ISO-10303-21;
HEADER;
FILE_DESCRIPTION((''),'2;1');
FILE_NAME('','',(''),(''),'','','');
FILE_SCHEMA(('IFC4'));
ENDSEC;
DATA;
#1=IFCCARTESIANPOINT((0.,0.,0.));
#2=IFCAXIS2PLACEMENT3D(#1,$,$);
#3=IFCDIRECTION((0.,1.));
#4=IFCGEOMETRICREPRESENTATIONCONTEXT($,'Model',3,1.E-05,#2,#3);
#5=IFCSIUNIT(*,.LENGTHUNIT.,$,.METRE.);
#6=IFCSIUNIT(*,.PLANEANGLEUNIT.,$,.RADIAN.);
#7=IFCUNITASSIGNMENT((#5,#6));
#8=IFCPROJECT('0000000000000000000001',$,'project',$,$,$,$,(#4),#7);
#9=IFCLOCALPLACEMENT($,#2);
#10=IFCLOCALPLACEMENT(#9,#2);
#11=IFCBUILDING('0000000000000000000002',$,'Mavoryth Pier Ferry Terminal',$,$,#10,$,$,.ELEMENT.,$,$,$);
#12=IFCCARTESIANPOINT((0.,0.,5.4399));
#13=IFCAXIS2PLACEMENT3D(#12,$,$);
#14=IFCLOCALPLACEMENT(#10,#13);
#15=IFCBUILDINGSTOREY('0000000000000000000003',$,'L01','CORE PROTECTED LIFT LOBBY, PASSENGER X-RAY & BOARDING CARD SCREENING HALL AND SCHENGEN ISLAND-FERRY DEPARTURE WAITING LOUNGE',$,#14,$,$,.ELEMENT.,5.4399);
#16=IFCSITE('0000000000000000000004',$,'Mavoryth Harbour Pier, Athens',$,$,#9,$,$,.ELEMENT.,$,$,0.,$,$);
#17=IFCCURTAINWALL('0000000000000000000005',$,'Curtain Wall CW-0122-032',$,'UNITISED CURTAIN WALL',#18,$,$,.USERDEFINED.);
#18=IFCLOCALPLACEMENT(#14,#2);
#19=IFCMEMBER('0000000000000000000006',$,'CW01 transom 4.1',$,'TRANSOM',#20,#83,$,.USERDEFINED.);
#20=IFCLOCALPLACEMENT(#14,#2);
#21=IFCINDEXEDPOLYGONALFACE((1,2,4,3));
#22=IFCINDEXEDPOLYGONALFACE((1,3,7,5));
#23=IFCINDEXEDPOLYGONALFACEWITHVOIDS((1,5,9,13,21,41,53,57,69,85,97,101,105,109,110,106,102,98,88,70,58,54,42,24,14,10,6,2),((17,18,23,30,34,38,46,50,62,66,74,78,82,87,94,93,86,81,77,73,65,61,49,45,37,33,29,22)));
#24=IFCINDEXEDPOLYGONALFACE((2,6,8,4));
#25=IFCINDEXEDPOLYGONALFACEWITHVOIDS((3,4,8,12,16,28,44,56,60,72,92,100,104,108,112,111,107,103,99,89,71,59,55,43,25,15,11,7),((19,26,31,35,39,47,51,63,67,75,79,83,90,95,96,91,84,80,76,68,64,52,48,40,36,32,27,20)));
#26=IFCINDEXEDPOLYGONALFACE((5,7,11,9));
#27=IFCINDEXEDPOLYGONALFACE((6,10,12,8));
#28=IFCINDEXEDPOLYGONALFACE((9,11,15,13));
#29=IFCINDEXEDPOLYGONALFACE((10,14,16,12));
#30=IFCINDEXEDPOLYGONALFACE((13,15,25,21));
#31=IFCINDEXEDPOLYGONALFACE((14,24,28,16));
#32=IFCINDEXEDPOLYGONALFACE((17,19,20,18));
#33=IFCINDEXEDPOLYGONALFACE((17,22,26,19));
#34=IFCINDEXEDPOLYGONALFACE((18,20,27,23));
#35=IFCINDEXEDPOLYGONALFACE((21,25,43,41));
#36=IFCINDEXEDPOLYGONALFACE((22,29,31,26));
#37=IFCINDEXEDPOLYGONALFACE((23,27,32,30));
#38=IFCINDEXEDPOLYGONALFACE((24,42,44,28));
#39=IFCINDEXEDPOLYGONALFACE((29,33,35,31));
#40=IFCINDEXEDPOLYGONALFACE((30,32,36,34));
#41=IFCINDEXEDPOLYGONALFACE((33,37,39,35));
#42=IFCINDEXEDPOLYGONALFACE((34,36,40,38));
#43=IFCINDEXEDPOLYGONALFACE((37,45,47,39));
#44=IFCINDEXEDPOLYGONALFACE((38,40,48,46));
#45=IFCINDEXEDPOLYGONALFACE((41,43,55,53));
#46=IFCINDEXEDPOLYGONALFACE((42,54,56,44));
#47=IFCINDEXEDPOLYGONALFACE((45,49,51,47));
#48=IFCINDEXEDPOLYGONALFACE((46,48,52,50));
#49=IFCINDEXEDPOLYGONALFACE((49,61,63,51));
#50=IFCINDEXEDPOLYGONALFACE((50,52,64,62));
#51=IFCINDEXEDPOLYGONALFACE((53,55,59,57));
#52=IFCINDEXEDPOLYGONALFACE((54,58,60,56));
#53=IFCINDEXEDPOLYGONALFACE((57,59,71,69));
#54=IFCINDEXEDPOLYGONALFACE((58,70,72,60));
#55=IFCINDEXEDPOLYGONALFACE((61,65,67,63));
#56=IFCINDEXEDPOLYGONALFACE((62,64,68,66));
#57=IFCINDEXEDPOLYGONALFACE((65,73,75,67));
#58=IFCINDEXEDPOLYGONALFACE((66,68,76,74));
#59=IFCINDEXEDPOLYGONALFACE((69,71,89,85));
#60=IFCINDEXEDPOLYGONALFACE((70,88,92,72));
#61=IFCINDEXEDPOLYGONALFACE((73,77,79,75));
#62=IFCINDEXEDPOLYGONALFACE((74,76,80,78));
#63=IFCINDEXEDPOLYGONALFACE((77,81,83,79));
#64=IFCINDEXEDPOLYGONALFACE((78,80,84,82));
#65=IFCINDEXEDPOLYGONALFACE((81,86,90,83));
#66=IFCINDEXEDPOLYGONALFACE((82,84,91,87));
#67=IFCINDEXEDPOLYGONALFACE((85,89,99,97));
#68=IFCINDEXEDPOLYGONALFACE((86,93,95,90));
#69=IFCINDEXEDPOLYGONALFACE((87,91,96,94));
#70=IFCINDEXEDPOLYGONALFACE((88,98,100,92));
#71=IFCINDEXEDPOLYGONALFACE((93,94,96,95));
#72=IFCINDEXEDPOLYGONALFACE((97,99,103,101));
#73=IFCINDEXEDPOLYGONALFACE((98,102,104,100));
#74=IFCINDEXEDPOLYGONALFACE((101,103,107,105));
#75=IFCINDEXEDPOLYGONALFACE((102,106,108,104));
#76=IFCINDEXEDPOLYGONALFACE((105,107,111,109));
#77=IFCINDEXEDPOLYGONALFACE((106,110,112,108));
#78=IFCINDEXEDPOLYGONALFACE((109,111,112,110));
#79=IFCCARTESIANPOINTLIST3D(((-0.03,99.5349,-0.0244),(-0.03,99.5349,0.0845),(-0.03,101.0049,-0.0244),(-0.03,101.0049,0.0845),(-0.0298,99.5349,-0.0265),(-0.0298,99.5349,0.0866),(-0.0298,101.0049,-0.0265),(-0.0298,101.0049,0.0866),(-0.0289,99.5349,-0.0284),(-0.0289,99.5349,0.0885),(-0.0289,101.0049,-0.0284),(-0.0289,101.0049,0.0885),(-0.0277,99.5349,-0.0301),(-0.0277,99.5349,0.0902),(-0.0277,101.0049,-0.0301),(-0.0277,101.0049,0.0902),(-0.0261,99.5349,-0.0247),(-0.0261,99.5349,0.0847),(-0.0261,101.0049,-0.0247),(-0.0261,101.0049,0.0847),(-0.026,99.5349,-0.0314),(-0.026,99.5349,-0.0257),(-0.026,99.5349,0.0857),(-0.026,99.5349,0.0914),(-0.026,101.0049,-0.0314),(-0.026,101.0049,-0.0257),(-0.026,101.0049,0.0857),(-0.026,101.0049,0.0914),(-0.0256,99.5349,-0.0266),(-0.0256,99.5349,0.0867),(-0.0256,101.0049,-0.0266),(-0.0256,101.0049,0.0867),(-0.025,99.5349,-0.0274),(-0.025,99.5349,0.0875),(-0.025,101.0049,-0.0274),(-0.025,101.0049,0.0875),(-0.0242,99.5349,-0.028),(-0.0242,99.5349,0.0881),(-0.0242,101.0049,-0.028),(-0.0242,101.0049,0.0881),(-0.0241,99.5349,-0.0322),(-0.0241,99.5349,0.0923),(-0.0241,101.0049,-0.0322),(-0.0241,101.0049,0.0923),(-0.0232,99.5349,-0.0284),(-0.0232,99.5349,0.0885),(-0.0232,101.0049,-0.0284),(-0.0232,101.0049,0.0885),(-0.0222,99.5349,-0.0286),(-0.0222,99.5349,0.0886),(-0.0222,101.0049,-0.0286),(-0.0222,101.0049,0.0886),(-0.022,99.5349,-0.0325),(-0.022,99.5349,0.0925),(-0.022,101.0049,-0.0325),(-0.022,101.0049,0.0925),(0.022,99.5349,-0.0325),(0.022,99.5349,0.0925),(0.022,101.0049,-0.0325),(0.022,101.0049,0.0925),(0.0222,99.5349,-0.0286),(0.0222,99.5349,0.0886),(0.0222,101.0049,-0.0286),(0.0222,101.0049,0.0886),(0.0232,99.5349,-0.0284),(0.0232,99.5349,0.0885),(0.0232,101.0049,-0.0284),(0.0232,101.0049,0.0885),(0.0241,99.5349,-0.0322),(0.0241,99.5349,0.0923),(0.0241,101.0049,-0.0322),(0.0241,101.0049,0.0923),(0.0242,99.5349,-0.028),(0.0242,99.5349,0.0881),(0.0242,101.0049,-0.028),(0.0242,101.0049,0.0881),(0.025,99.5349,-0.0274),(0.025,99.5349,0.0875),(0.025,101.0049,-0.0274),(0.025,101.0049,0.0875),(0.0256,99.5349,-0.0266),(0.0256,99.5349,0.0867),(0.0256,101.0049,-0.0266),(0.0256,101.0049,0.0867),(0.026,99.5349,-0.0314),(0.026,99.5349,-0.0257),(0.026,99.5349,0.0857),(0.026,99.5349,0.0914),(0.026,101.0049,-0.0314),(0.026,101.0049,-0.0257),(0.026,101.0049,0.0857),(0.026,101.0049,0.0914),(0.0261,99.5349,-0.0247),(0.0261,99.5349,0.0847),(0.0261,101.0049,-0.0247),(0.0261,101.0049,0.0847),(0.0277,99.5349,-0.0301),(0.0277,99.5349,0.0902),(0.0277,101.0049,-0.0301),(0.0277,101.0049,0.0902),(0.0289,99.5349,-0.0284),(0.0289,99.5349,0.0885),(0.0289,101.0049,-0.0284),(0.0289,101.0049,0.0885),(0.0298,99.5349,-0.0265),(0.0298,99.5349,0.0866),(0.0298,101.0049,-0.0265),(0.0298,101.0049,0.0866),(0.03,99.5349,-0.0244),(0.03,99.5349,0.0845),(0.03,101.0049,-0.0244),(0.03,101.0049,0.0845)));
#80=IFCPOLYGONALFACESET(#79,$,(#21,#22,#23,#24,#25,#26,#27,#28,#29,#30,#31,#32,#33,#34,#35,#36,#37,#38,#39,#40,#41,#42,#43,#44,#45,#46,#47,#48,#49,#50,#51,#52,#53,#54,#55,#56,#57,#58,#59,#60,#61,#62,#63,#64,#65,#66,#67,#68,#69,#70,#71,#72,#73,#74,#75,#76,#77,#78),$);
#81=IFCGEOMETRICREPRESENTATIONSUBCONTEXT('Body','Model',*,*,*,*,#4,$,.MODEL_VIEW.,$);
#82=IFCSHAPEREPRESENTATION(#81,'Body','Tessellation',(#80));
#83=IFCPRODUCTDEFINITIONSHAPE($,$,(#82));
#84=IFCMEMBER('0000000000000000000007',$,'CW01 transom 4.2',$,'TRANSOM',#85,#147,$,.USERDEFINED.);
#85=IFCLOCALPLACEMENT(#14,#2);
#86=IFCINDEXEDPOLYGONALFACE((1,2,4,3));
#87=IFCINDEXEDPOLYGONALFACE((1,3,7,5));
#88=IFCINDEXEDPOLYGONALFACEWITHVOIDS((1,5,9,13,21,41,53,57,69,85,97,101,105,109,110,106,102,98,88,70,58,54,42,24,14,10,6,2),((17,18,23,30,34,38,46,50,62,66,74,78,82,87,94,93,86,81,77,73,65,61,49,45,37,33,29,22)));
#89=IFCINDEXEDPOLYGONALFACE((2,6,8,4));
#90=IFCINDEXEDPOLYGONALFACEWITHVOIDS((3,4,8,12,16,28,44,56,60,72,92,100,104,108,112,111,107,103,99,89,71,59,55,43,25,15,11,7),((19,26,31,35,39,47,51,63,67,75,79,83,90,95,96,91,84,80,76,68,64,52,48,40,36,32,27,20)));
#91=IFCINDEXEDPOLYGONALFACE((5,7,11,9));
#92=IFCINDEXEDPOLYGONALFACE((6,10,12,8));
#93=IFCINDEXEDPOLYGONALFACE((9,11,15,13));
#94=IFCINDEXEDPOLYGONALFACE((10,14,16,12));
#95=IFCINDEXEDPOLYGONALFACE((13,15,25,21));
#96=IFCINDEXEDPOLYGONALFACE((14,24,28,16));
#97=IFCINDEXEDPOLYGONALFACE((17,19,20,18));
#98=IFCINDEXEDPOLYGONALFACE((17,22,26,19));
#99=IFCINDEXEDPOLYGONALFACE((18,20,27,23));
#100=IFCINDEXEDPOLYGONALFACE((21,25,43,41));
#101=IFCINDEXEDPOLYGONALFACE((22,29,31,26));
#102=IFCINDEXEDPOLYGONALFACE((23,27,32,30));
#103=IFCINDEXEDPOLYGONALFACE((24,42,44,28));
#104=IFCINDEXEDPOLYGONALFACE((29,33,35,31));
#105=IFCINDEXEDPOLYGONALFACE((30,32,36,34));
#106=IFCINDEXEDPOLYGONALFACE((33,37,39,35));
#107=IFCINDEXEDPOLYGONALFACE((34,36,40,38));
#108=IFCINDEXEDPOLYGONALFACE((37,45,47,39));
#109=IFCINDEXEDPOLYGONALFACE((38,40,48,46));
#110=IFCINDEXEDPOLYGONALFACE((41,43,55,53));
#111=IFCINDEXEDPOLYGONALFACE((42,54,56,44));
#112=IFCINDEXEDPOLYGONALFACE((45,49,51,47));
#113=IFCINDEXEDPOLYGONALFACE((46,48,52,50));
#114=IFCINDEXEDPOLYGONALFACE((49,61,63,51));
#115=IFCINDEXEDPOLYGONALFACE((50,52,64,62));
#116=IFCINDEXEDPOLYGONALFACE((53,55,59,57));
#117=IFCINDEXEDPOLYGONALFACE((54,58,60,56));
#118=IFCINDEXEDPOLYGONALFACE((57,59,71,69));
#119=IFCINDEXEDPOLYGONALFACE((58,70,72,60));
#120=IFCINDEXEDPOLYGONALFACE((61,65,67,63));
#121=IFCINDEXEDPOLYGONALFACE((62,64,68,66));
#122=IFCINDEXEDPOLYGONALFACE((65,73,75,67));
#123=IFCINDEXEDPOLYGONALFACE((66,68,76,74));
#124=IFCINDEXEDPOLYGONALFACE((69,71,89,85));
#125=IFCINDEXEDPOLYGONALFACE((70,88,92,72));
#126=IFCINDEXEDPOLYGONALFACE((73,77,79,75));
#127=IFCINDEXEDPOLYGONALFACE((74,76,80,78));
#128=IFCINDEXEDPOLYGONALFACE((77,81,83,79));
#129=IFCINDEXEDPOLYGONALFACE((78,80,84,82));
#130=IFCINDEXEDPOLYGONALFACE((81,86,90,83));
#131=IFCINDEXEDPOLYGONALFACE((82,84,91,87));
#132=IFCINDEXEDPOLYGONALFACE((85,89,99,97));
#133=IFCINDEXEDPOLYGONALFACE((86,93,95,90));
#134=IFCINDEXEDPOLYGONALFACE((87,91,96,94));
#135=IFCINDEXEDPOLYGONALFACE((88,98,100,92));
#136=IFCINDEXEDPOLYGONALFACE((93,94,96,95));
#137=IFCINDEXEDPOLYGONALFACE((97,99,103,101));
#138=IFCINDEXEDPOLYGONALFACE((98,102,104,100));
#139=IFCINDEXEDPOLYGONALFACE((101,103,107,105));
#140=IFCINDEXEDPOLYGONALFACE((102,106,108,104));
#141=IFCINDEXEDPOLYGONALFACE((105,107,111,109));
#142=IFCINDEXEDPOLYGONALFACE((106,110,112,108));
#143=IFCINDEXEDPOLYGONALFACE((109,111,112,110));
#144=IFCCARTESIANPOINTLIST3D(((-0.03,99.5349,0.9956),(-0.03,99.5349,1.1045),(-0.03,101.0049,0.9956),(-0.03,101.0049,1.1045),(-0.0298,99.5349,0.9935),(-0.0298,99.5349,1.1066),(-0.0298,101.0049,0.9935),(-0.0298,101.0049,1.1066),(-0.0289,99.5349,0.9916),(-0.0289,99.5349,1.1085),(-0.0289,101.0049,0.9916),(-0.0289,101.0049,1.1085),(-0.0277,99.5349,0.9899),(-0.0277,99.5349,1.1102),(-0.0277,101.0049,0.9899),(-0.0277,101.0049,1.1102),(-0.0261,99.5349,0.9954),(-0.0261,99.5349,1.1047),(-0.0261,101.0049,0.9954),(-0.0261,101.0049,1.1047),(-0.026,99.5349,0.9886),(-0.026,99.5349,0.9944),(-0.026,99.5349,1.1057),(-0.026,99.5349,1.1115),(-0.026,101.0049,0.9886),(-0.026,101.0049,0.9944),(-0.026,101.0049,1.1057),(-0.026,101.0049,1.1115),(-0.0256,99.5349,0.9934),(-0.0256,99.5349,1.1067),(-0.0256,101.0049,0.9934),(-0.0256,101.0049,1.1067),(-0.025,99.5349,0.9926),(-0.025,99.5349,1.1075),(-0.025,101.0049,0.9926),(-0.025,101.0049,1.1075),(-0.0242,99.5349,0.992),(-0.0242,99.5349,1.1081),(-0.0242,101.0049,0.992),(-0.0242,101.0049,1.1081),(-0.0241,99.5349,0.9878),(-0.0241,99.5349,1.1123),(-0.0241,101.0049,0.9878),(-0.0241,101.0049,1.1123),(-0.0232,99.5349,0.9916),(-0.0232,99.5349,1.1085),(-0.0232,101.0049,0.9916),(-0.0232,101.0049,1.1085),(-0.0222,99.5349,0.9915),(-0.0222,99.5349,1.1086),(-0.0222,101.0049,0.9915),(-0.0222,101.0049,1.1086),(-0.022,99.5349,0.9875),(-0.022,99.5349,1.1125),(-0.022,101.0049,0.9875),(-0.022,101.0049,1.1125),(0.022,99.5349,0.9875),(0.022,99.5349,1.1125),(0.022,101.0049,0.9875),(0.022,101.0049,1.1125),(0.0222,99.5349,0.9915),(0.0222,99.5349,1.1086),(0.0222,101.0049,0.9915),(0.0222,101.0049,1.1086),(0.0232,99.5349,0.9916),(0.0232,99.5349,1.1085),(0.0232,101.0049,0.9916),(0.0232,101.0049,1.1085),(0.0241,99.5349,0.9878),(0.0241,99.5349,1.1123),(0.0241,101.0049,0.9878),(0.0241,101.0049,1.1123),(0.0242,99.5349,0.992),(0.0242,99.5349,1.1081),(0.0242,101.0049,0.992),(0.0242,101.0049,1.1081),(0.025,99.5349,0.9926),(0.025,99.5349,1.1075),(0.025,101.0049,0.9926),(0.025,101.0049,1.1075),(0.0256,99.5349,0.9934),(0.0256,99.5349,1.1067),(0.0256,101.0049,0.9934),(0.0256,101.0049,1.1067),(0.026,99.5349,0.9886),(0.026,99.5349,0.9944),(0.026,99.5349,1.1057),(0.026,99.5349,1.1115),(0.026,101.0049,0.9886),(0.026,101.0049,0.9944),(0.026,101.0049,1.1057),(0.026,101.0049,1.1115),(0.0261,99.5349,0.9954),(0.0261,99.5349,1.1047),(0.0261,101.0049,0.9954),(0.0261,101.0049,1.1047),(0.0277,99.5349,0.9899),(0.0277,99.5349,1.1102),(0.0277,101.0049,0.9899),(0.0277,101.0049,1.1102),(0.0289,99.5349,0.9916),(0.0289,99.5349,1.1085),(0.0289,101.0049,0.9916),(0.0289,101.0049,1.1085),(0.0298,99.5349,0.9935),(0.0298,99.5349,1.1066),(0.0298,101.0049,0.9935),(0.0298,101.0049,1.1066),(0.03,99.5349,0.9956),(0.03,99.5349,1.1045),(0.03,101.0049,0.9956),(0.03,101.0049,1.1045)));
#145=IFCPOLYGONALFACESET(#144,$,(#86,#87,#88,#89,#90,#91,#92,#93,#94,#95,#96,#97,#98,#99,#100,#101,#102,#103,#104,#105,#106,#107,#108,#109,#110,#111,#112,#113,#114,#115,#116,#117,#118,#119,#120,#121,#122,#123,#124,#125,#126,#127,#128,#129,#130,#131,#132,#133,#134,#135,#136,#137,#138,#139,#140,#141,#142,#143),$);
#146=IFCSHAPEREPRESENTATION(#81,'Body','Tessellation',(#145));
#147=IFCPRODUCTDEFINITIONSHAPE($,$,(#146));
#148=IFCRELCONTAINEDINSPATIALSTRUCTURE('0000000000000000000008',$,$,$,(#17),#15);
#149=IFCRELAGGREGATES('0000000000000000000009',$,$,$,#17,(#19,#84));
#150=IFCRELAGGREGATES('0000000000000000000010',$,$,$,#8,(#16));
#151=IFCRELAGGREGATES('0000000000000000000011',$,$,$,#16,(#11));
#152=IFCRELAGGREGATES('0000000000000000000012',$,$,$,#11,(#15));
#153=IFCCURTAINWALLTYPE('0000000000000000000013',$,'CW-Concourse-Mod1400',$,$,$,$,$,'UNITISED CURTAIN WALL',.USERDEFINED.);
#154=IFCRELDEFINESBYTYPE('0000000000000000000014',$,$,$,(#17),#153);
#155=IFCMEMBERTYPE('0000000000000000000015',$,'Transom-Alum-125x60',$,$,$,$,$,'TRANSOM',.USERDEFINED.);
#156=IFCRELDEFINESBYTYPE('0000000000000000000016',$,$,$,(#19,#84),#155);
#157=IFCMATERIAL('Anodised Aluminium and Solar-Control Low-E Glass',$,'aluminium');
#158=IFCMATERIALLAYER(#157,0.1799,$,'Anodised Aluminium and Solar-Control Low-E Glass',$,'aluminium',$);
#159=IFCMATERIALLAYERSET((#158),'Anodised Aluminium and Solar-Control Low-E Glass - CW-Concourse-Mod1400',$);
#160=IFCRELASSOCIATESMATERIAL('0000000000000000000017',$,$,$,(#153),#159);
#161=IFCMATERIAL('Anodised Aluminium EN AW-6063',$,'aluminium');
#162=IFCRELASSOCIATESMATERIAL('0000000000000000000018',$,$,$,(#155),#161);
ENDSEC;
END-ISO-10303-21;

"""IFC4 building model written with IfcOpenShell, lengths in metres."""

from ifc_helpers import new_model, si_unit, direction, frame, origin, origin_2d, place, context, subcontext, project, spatial, hollow_rectangle, extrude, material, layer, layer_set, material_profile, profile_set, type_object, element, aggregate, save


model = new_model("IFC4")

# Units and contexts
model_context = context("Model", 3, precision=1e-05, world=origin(), true_north=direction((0.0, 1.0)))
body_context = subcontext(model_context, "Body", "Model", "MODEL_VIEW")
ifc_project = project(units=[si_unit("LENGTHUNIT", "METRE"), si_unit("PLANEANGLEUNIT", "RADIAN")], contexts=[model_context])

# Site, building, storey
site_placement = place(None, origin())
site = spatial("IfcSite", under=ifc_project, at=site_placement, Name="Mavoryth Harbour Pier, Athens", CompositionType="ELEMENT", RefElevation=0.0)
building_placement = place(site_placement, origin())
building = spatial("IfcBuilding", under=site, at=building_placement, Name="Mavoryth Pier Ferry Terminal", CompositionType="ELEMENT")
storey_placement = place(building_placement, frame((0.0, 0.0, 5.4399)))
storey = spatial("IfcBuildingStorey", under=building, at=storey_placement, Name="L01", Description="CORE PROTECTED LIFT LOBBY, PASSENGER X-RAY & BOARDING CARD SCREENING HALL AND SCHENGEN ISLAND-FERRY DEPARTURE WAITING LOUNGE", CompositionType="ELEMENT", Elevation=5.4399)

# Curtain wall
ifc_material_1 = material(Name="Anodised Aluminium and Solar-Control Low-E Glass", Category="aluminium")
ifc_layer_1 = layer(ifc_material_1, 0.1799, Name="Anodised Aluminium and Solar-Control Low-E Glass", Category="aluminium")
ifc_layer_set_1 = layer_set([ifc_layer_1], Name="Anodised Aluminium and Solar-Control Low-E Glass - CW-Concourse-Mod1400")
curtain_wall_type = type_object("IfcCurtainWallType", Name="CW-Concourse-Mod1400", ElementType="UNITISED CURTAIN WALL", PredefinedType="USERDEFINED", material=ifc_layer_set_1)
curtain_wall_placement = place(storey_placement, origin())
curtain_wall = element("IfcCurtainWall", 1, at=curtain_wall_placement, inside=storey, type_object=curtain_wall_type, Name="Curtain Wall CW-0122-032", ObjectType="UNITISED CURTAIN WALL", PredefinedType="USERDEFINED")
ifc_material_2 = material(Name="Anodised Aluminium EN AW-6063", Category="aluminium")

# Members
ifc_material_profile_1 = material_profile(ifc_material_2, hollow_rectangle(XDim=0.0601, YDim=0.125, WallThickness=0.0039, InnerFilletRadius=0.0039, OuterFilletRadius=0.0081, at=origin_2d()), Name="AL-TRAN 125x60x4", Category="aluminium")
ifc_profile_set_1 = profile_set([ifc_material_profile_1], Name="Anodised Aluminium EN AW-6063 - AL-TRAN 125x60x4")
member_type_1 = type_object("IfcMemberType", Name="Transom-Alum-125x60", ElementType="TRANSOM", PredefinedType="USERDEFINED", material=ifc_profile_set_1)
member_1_placement = place(storey_placement, frame((0.0, 101.0049, 0.03), z_axis=(0.0, -1.0, 0.0), x_axis=(1.0, 0.0, 0.0)))
member_1 = element("IfcMember", 2, at=member_1_placement, type_object=member_type_1, Name="CW01 transom 4.1", ObjectType="TRANSOM", PredefinedType="USERDEFINED", context=body_context, shape_type="SweptSolid", body=[
    extrude(hollow_rectangle(XDim=0.0601, YDim=0.125, WallThickness=0.0039, InnerFilletRadius=0.0039, OuterFilletRadius=0.0081, at=origin_2d()), origin(), (0.0, 0.0, 1.0), 1.47),
])
member_2_placement = place(storey_placement, frame((0.0, 101.0049, 1.05), z_axis=(0.0, -1.0, 0.0), x_axis=(1.0, 0.0, 0.0)))
member_2 = element("IfcMember", 3, at=member_2_placement, type_object=member_type_1, Name="CW01 transom 4.2", ObjectType="TRANSOM", PredefinedType="USERDEFINED", context=body_context, shape_type="SweptSolid", body=[
    extrude(hollow_rectangle(XDim=0.0601, YDim=0.125, WallThickness=0.0039, InnerFilletRadius=0.0039, OuterFilletRadius=0.0081, at=origin_2d()), origin(), (0.0, 0.0, 1.0), 1.47),
])

aggregate(curtain_wall, [member_1, member_2])

save(model, "model.ifc")
